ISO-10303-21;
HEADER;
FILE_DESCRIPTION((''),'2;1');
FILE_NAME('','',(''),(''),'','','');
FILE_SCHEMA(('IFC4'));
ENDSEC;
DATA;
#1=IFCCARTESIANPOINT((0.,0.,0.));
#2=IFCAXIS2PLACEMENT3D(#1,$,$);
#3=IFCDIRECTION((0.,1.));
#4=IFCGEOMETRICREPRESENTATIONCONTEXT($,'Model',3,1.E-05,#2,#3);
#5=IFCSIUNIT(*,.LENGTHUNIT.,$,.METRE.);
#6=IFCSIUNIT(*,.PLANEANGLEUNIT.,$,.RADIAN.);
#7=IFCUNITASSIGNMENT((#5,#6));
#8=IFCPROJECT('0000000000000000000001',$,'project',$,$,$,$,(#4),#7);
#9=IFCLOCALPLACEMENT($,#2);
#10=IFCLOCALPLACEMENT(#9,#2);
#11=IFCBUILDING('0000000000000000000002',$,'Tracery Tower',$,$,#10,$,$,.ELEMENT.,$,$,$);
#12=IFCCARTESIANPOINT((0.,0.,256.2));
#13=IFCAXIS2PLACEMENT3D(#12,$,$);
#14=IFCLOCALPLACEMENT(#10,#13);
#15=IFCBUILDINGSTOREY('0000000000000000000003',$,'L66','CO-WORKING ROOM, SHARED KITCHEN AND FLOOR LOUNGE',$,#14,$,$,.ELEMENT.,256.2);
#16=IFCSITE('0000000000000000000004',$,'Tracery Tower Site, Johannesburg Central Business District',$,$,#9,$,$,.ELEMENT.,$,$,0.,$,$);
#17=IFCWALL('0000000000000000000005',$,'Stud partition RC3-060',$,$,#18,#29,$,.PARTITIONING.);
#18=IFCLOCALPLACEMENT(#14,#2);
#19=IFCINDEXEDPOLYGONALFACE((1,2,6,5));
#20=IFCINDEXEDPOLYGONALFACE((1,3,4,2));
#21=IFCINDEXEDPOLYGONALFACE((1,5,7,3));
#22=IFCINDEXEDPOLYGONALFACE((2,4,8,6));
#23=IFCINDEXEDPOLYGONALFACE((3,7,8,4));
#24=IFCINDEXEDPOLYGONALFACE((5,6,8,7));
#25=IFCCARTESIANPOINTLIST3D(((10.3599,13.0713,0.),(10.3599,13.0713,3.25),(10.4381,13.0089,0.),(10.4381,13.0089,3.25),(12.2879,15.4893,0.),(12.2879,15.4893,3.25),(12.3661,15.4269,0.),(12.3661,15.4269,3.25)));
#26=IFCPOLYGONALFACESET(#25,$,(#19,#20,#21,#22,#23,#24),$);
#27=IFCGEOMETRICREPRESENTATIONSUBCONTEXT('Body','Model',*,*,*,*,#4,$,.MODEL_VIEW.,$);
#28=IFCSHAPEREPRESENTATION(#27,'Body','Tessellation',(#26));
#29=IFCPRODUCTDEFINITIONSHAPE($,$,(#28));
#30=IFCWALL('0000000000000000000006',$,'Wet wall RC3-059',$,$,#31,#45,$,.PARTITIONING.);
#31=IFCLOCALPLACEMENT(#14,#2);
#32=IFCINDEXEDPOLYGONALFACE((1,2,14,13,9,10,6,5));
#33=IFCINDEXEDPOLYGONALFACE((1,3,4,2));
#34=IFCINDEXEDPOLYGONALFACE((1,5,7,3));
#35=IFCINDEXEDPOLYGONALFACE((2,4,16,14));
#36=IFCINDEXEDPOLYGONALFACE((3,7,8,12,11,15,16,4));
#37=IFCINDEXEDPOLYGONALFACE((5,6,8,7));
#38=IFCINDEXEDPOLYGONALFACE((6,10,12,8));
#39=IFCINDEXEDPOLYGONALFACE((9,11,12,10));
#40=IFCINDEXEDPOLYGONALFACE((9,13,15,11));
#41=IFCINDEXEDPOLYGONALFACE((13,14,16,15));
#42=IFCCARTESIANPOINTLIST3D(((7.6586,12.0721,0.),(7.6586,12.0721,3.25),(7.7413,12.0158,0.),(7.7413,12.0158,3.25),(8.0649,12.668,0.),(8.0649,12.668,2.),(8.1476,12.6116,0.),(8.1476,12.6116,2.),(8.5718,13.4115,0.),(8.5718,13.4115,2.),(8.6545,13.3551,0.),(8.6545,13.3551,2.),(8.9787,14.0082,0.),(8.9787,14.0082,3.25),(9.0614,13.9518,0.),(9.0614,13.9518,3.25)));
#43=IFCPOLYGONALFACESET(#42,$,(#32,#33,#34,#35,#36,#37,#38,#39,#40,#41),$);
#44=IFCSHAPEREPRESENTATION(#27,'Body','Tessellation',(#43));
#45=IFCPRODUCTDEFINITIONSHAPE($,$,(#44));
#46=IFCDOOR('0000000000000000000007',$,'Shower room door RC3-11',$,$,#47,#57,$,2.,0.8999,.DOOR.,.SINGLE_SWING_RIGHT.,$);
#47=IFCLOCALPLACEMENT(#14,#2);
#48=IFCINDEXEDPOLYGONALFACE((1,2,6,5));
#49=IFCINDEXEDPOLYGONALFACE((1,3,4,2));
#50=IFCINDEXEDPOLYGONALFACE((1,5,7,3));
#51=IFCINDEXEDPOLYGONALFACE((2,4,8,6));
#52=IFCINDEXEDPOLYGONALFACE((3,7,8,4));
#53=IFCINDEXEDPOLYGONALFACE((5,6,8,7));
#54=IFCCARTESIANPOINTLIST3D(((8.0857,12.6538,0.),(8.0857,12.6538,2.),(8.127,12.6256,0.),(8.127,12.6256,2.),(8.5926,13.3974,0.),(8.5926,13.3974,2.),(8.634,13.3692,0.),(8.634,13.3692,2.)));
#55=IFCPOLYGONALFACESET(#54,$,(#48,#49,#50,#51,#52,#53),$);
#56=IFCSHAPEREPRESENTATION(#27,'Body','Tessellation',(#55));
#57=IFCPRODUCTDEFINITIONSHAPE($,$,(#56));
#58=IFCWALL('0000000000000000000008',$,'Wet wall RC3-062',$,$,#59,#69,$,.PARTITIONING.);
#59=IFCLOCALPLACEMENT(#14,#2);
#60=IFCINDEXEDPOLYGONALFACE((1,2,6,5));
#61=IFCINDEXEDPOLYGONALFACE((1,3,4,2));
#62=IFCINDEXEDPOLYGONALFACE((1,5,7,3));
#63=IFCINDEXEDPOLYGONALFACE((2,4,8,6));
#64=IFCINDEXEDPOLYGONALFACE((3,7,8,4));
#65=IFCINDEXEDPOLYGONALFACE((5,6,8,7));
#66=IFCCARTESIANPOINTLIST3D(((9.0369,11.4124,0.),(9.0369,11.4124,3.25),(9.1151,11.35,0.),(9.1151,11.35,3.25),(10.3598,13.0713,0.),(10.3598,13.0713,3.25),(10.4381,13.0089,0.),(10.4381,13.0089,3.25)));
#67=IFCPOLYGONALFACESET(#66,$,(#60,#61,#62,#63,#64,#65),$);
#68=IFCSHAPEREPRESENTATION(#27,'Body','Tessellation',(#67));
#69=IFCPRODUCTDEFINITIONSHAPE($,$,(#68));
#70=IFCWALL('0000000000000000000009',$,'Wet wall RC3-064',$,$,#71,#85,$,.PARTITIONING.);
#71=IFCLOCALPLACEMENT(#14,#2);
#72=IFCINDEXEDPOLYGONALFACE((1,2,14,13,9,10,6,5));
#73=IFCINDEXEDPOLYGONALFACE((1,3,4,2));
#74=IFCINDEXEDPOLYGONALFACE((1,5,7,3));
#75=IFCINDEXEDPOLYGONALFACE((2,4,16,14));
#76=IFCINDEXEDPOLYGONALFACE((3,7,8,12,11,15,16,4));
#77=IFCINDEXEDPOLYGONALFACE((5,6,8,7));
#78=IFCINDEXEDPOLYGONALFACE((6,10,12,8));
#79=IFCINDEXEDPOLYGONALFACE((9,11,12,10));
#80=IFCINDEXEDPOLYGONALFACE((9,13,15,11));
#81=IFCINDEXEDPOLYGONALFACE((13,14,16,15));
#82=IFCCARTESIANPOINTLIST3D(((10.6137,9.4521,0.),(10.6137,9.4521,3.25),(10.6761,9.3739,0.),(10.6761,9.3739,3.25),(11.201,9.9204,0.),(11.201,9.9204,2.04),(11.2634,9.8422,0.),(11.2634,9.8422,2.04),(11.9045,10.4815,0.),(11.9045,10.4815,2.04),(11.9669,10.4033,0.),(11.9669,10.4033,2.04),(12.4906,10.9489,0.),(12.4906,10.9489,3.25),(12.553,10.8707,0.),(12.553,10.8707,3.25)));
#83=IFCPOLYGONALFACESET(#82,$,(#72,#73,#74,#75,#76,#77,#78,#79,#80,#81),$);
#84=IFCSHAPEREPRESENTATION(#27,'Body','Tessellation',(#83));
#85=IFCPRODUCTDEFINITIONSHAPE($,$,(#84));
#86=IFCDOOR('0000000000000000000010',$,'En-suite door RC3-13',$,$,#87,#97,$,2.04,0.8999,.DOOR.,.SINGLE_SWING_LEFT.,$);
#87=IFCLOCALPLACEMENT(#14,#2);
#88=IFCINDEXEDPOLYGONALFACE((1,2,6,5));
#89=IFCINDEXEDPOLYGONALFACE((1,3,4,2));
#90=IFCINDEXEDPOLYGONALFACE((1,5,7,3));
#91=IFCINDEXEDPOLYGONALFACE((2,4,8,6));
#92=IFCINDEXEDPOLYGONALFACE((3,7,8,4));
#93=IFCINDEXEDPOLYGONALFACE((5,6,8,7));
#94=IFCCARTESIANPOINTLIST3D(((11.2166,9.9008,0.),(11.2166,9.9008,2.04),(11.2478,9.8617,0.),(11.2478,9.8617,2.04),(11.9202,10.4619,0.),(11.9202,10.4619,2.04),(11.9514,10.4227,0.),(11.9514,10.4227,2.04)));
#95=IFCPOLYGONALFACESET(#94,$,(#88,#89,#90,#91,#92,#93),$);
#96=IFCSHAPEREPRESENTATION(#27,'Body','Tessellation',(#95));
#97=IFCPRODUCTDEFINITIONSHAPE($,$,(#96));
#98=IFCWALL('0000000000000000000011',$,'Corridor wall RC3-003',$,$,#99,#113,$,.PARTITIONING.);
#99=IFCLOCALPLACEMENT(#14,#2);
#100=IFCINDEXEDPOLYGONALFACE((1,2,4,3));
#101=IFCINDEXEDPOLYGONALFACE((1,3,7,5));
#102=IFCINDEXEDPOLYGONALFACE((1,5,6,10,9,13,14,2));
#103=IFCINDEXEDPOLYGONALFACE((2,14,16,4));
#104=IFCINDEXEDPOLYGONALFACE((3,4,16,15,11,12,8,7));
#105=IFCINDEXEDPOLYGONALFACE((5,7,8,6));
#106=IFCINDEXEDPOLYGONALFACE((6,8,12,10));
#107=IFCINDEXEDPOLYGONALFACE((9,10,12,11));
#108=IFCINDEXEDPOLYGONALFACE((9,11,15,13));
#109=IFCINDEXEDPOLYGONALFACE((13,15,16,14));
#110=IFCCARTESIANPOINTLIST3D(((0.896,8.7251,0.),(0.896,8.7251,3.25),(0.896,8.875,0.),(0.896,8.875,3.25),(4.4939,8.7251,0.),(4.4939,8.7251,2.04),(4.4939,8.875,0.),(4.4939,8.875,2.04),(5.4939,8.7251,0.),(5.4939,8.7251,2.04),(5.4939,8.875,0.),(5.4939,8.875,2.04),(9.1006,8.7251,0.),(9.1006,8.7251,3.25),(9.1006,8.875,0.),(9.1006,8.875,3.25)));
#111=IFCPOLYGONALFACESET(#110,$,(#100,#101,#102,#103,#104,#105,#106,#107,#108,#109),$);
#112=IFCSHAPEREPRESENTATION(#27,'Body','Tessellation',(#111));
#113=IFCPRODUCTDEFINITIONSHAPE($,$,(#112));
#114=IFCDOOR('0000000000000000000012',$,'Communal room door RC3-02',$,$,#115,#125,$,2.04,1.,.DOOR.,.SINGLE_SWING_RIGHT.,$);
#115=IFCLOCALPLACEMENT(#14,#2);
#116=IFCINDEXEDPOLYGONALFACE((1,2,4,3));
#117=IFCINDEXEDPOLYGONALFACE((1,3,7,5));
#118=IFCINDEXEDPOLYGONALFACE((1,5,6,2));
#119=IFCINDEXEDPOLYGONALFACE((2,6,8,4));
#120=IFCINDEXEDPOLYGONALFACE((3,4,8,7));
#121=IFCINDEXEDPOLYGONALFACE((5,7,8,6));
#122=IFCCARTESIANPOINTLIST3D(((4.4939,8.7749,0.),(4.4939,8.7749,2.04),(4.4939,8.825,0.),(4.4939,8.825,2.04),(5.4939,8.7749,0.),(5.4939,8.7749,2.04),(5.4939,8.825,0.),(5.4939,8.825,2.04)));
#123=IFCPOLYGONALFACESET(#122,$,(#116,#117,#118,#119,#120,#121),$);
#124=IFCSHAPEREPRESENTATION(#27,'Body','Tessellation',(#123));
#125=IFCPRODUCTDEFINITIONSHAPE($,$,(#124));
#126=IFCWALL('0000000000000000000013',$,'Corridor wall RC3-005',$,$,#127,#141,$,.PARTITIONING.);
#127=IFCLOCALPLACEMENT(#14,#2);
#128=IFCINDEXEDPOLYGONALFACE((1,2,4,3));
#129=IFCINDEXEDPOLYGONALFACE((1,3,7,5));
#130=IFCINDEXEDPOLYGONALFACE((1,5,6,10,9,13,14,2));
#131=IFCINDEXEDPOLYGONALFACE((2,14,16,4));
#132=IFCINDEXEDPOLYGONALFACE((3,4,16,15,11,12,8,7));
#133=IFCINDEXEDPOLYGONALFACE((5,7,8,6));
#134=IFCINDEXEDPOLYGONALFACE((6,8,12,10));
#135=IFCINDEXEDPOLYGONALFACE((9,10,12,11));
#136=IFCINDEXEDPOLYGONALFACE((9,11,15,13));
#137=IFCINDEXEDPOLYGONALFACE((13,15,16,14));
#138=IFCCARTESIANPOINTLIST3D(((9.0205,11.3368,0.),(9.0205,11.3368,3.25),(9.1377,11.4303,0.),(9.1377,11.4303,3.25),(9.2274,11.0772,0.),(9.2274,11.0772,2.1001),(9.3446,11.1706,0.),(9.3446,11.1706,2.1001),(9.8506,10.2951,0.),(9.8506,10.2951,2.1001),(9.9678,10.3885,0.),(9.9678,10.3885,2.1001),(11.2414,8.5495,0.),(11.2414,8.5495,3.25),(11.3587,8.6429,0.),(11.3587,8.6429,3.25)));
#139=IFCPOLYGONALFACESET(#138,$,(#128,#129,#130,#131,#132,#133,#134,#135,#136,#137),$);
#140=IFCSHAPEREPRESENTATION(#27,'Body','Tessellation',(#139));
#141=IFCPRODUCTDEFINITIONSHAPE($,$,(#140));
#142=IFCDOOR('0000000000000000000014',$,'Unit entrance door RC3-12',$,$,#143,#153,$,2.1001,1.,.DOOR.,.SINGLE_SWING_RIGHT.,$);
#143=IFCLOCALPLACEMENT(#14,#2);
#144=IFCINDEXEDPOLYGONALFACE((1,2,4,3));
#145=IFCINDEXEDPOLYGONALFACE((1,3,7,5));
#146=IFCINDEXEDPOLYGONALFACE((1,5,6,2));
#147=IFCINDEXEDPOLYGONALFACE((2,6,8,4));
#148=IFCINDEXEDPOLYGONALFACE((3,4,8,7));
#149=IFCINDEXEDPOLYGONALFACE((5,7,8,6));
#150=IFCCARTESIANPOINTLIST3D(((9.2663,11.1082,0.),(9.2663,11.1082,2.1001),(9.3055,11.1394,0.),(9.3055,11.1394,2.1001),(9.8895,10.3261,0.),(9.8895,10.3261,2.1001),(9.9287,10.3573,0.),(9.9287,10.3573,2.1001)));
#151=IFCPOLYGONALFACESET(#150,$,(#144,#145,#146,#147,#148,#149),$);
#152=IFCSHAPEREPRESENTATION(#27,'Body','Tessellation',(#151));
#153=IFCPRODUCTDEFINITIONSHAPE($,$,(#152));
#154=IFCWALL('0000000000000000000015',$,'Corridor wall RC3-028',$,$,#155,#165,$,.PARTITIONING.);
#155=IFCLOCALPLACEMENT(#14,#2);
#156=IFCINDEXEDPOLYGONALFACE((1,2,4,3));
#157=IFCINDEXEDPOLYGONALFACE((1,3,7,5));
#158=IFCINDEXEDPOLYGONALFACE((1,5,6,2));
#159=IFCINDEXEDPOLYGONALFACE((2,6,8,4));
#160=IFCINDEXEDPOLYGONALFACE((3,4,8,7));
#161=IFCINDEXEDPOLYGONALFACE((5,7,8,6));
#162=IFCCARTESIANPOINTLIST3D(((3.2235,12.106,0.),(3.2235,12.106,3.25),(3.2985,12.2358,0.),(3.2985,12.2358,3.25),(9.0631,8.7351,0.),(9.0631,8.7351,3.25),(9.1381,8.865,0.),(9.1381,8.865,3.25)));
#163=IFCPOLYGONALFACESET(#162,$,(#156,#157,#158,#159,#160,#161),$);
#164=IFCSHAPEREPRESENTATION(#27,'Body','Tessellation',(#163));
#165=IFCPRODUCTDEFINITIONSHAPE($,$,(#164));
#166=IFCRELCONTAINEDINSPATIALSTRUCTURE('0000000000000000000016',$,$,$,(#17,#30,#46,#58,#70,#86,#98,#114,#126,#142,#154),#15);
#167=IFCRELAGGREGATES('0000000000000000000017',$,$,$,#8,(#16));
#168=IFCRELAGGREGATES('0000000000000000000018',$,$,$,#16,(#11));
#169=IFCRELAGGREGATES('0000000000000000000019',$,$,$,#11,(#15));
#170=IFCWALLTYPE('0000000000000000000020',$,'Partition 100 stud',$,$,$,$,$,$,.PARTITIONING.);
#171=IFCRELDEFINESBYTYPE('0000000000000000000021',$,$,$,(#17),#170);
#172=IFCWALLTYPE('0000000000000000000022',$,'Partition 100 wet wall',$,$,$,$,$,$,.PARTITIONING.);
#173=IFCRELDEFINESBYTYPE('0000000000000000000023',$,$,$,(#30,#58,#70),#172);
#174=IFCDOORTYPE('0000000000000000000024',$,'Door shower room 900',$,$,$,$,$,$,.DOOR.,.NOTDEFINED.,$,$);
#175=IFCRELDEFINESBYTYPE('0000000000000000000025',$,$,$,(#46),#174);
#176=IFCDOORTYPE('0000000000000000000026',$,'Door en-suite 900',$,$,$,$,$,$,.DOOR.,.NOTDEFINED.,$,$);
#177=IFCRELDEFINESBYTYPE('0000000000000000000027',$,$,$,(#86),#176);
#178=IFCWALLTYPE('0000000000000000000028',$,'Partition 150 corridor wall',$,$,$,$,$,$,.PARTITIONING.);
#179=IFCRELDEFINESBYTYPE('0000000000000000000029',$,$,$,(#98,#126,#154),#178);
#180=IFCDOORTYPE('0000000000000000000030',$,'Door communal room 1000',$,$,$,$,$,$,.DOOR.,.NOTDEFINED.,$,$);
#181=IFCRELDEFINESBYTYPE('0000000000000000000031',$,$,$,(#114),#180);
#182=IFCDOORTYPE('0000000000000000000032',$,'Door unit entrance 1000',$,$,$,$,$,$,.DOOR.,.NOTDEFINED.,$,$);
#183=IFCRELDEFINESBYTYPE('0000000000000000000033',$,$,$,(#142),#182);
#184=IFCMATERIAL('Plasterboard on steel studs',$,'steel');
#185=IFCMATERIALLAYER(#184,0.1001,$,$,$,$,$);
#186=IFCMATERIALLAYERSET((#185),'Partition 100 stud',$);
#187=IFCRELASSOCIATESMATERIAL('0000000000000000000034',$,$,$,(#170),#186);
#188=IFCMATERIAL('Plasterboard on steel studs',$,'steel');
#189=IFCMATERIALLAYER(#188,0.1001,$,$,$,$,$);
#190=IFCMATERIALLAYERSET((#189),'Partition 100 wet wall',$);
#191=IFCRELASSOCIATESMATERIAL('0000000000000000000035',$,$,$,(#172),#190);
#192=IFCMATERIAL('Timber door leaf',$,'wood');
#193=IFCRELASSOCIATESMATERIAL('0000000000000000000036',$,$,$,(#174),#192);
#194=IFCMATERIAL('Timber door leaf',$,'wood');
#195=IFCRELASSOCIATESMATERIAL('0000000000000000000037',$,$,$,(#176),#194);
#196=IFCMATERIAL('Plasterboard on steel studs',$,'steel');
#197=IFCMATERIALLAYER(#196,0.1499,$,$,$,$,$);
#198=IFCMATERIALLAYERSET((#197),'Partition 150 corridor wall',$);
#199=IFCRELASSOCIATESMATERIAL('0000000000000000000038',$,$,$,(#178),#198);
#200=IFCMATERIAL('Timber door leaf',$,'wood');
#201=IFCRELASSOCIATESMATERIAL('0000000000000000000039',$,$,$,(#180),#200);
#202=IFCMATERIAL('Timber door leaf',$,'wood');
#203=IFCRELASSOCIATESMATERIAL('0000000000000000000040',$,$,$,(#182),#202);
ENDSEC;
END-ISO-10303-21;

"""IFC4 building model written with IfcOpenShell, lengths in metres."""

from ifc_helpers import new_model, si_unit, direction, frame, frame_2d, origin, place, context, subcontext, project, spatial, rectangle, extrude, material, layer, layer_set, type_object, element, fill, save


model = new_model("IFC4")

# Units and contexts
model_context = context("Model", 3, precision=1e-05, world=origin(), true_north=direction((0.0, 1.0)))
body_context = subcontext(model_context, "Body", "Model", "MODEL_VIEW")
ifc_project = project(units=[si_unit("LENGTHUNIT", "METRE"), si_unit("PLANEANGLEUNIT", "RADIAN")], contexts=[model_context])

# Site, building, storey
site_placement = place(None, origin())
site = spatial("IfcSite", under=ifc_project, at=site_placement, Name="Tracery Tower Site, Johannesburg Central Business District", CompositionType="ELEMENT", RefElevation=0.0)
building_placement = place(site_placement, origin())
building = spatial("IfcBuilding", under=site, at=building_placement, Name="Tracery Tower", CompositionType="ELEMENT")
storey_placement = place(building_placement, frame((0.0, 0.0, 256.2)))
storey = spatial("IfcBuildingStorey", under=building, at=storey_placement, Name="L66", Description="CO-WORKING ROOM, SHARED KITCHEN AND FLOOR LOUNGE", CompositionType="ELEMENT", Elevation=256.2)

# Wall
ifc_material_1 = material(Name="Plasterboard on steel studs", Category="steel")
ifc_layer_1 = layer(ifc_material_1, 0.1001)
ifc_layer_set_1 = layer_set([ifc_layer_1], Name="Partition 100 stud")
wall_type_1 = type_object("IfcWallType", Name="Partition 100 stud", PredefinedType="PARTITIONING", material=ifc_layer_set_1)
wall_1_placement = place(storey_placement, frame((10.3989, 13.04, 0.0), z_axis=(0.0, 0.0, 1.0), x_axis=(0.623433, 0.781877, 0.0)))
element("IfcWall", 1, at=wall_1_placement, inside=storey, type_object=wall_type_1, Name="Stud partition RC3-060", PredefinedType="PARTITIONING", context=body_context, shape_type="SweptSolid", body=[
    extrude(rectangle(XDim=3.0925, YDim=0.1001, at=frame_2d((1.5464, 0.0))), origin(), (0.0, 0.0, 1.0), 3.25),
])

# Wall, opening, door
ifc_material_2 = material(Name="Plasterboard on steel studs", Category="steel")
ifc_layer_2 = layer(ifc_material_2, 0.1001)
ifc_layer_set_2 = layer_set([ifc_layer_2], Name="Partition 100 wet wall")
wall_type_2 = type_object("IfcWallType", Name="Partition 100 wet wall", PredefinedType="PARTITIONING", material=ifc_layer_set_2)
wall_2_placement = place(storey_placement, frame((7.7, 12.0439, 0.0), z_axis=(0.0, 0.0, 1.0), x_axis=(0.56335, 0.826219, 0.0)))
wall_2 = element("IfcWall", 2, at=wall_2_placement, inside=storey, type_object=wall_type_2, Name="Wet wall RC3-059", PredefinedType="PARTITIONING", context=body_context, shape_type="SweptSolid", body=[
    extrude(rectangle(XDim=2.3433, YDim=0.1001, at=frame_2d((1.1716, 0.0))), origin(), (0.0, 0.0, 1.0), 3.25),
])
opening_1_placement = place(wall_2_placement, frame((0.7212, 0.0, 0.0)))
opening_1 = element("IfcOpeningElement", 3, at=opening_1_placement, cuts=wall_2, PredefinedType="OPENING", context=body_context, shape_type="SweptSolid", body=[
    extrude(rectangle(XDim=0.8999, YDim=2.0, at=frame_2d((0.45, 1.0))), frame((0.0, 0.05, 0.0), z_axis=(0.0, -1.0, 0.0), x_axis=(1.0, 0.0, 0.0)), (0.0, 0.0, 1.0), 0.1001),
])
ifc_material_3 = material(Name="Timber door leaf", Category="wood")
door_type_1 = type_object("IfcDoorType", Name="Door shower room 900", OperationType="NOTDEFINED", PredefinedType="DOOR", material=ifc_material_3)
door_1_placement = place(opening_1_placement, origin())
door_1 = element("IfcDoor", 4, at=door_1_placement, inside=storey, type_object=door_type_1, Name="Shower room door RC3-11", OperationType="SINGLE_SWING_RIGHT", OverallHeight=2.0, OverallWidth=0.8999, PredefinedType="DOOR", context=body_context, shape_type="SweptSolid", body=[
    extrude(rectangle(XDim=0.8999, YDim=2.0, at=frame_2d((0.45, 1.0))), frame((0.0, 0.0249, 0.0), z_axis=(0.0, -1.0, 0.0), x_axis=(1.0, 0.0, 0.0)), (0.0, 0.0, 1.0), 0.05),
])
fill(opening_1, door_1)

# Wall
wall_3_placement = place(storey_placement, frame((9.0759, 11.3811, 0.0), z_axis=(0.0, 0.0, 1.0), x_axis=(0.623502, 0.781822, 0.0)))
element("IfcWall", 5, at=wall_3_placement, inside=storey, type_object=wall_type_2, Name="Wet wall RC3-062", PredefinedType="PARTITIONING", context=body_context, shape_type="SweptSolid", body=[
    extrude(rectangle(XDim=2.1218, YDim=0.1001, at=frame_2d((1.061, 0.0))), origin(), (0.0, 0.0, 1.0), 3.25),
])

# Walls, openings, doors
wall_4_placement = place(storey_placement, frame((10.645, 9.4131, 0.0), z_axis=(0.0, 0.0, 1.0), x_axis=(0.78183, 0.623491, 0.0)))
wall_4 = element("IfcWall", 6, at=wall_4_placement, inside=storey, type_object=wall_type_2, Name="Wet wall RC3-064", PredefinedType="PARTITIONING", context=body_context, shape_type="SweptSolid", body=[
    extrude(rectangle(XDim=2.4006, YDim=0.1001, at=frame_2d((1.2002, 0.0))), origin(), (0.0, 0.0, 1.0), 3.25),
])
opening_2_placement = place(wall_4_placement, frame((0.751, 0.0, 0.0)))
opening_2 = element("IfcOpeningElement", 7, at=opening_2_placement, cuts=wall_4, PredefinedType="OPENING", context=body_context, shape_type="SweptSolid", body=[
    extrude(rectangle(XDim=0.8999, YDim=2.04, at=frame_2d((0.45, 1.02))), frame((0.0, 0.05, 0.0), z_axis=(0.0, -1.0, 0.0), x_axis=(1.0, 0.0, 0.0)), (0.0, 0.0, 1.0), 0.1001),
])
ifc_material_4 = material(Name="Timber door leaf", Category="wood")
door_type_2 = type_object("IfcDoorType", Name="Door en-suite 900", OperationType="NOTDEFINED", PredefinedType="DOOR", material=ifc_material_4)
door_2_placement = place(opening_2_placement, origin())
door_2 = element("IfcDoor", 8, at=door_2_placement, inside=storey, type_object=door_type_2, Name="En-suite door RC3-13", OperationType="SINGLE_SWING_LEFT", OverallHeight=2.04, OverallWidth=0.8999, PredefinedType="DOOR", context=body_context, shape_type="SweptSolid", body=[
    extrude(rectangle(XDim=0.8999, YDim=2.04, at=frame_2d((0.45, 1.02))), frame((0.0, 0.0249, 0.0), z_axis=(0.0, -1.0, 0.0), x_axis=(1.0, 0.0, 0.0)), (0.0, 0.0, 1.0), 0.05),
])
fill(opening_2, door_2)
ifc_material_5 = material(Name="Plasterboard on steel studs", Category="steel")
ifc_layer_3 = layer(ifc_material_5, 0.1499)
ifc_layer_set_3 = layer_set([ifc_layer_3], Name="Partition 150 corridor wall")
wall_type_3 = type_object("IfcWallType", Name="Partition 150 corridor wall", PredefinedType="PARTITIONING", material=ifc_layer_set_3)
wall_5_placement = place(storey_placement, frame((0.896, 8.8, 0.0), z_axis=(0.0, 0.0, 1.0), x_axis=(1.0, 0.0, 0.0)))
wall_5 = element("IfcWall", 9, at=wall_5_placement, inside=storey, type_object=wall_type_3, Name="Corridor wall RC3-003", PredefinedType="PARTITIONING", context=body_context, shape_type="SweptSolid", body=[
    extrude(rectangle(XDim=8.2046, YDim=0.1499, at=frame_2d((4.1023, 0.0))), origin(), (0.0, 0.0, 1.0), 3.25),
])
opening_3_placement = place(wall_5_placement, frame((3.5979, 0.0, 0.0)))
opening_3 = element("IfcOpeningElement", 10, at=opening_3_placement, cuts=wall_5, PredefinedType="OPENING", context=body_context, shape_type="SweptSolid", body=[
    extrude(rectangle(XDim=1.0, YDim=2.04, at=frame_2d((0.5, 1.02))), frame((0.0, 0.075, 0.0), z_axis=(0.0, -1.0, 0.0), x_axis=(1.0, 0.0, 0.0)), (0.0, 0.0, 1.0), 0.1499),
])
ifc_material_6 = material(Name="Timber door leaf", Category="wood")
door_type_3 = type_object("IfcDoorType", Name="Door communal room 1000", OperationType="NOTDEFINED", PredefinedType="DOOR", material=ifc_material_6)
door_3_placement = place(opening_3_placement, origin())
door_3 = element("IfcDoor", 11, at=door_3_placement, inside=storey, type_object=door_type_3, Name="Communal room door RC3-02", OperationType="SINGLE_SWING_RIGHT", OverallHeight=2.04, OverallWidth=1.0, PredefinedType="DOOR", context=body_context, shape_type="SweptSolid", body=[
    extrude(rectangle(XDim=1.0, YDim=2.04, at=frame_2d((0.5, 1.02))), frame((0.0, 0.0249, 0.0), z_axis=(0.0, -1.0, 0.0), x_axis=(1.0, 0.0, 0.0)), (0.0, 0.0, 1.0), 0.05),
])
fill(opening_3, door_3)
wall_6_placement = place(storey_placement, frame((9.0791, 11.3835, 0.0), z_axis=(0.0, 0.0, 1.0), x_axis=(0.623165, -0.78209, 0.0)))
wall_6 = element("IfcWall", 12, at=wall_6_placement, inside=storey, type_object=wall_type_3, Name="Corridor wall RC3-005", PredefinedType="PARTITIONING", context=body_context, shape_type="SweptSolid", body=[
    extrude(rectangle(XDim=3.564, YDim=0.1499, at=frame_2d((1.782, 0.0))), origin(), (0.0, 0.0, 1.0), 3.25),
])
opening_4_placement = place(wall_6_placement, frame((0.332, 0.0, 0.0)))
opening_4 = element("IfcOpeningElement", 13, at=opening_4_placement, cuts=wall_6, PredefinedType="OPENING", context=body_context, shape_type="SweptSolid", body=[
    extrude(rectangle(XDim=1.0, YDim=2.1001, at=frame_2d((0.5, 1.05))), frame((0.0, 0.075, 0.0), z_axis=(0.0, -1.0, 0.0), x_axis=(1.0, 0.0, 0.0)), (0.0, 0.0, 1.0), 0.1499),
])
ifc_material_7 = material(Name="Timber door leaf", Category="wood")
door_type_4 = type_object("IfcDoorType", Name="Door unit entrance 1000", OperationType="NOTDEFINED", PredefinedType="DOOR", material=ifc_material_7)
door_4_placement = place(opening_4_placement, origin())
door_4 = element("IfcDoor", 14, at=door_4_placement, inside=storey, type_object=door_type_4, Name="Unit entrance door RC3-12", OperationType="SINGLE_SWING_RIGHT", OverallHeight=2.1001, OverallWidth=1.0, PredefinedType="DOOR", context=body_context, shape_type="SweptSolid", body=[
    extrude(rectangle(XDim=1.0, YDim=2.1001, at=frame_2d((0.5, 1.05))), frame((0.0, 0.0249, 0.0), z_axis=(0.0, -1.0, 0.0), x_axis=(1.0, 0.0, 0.0)), (0.0, 0.0, 1.0), 0.05),
])
fill(opening_4, door_4)

# Wall
wall_7_placement = place(storey_placement, frame((3.261, 12.1709, 0.0), z_axis=(0.0, 0.0, 1.0), x_axis=(0.866067, -0.499928, 0.0)))
element("IfcWall", 15, at=wall_7_placement, inside=storey, type_object=wall_type_3, Name="Corridor wall RC3-028", PredefinedType="PARTITIONING", context=body_context, shape_type="SweptSolid", body=[
    extrude(rectangle(XDim=6.7427, YDim=0.1499, at=frame_2d((3.3713, 0.0))), origin(), (0.0, 0.0, 1.0), 3.25),
])

save(model, "model.ifc")
